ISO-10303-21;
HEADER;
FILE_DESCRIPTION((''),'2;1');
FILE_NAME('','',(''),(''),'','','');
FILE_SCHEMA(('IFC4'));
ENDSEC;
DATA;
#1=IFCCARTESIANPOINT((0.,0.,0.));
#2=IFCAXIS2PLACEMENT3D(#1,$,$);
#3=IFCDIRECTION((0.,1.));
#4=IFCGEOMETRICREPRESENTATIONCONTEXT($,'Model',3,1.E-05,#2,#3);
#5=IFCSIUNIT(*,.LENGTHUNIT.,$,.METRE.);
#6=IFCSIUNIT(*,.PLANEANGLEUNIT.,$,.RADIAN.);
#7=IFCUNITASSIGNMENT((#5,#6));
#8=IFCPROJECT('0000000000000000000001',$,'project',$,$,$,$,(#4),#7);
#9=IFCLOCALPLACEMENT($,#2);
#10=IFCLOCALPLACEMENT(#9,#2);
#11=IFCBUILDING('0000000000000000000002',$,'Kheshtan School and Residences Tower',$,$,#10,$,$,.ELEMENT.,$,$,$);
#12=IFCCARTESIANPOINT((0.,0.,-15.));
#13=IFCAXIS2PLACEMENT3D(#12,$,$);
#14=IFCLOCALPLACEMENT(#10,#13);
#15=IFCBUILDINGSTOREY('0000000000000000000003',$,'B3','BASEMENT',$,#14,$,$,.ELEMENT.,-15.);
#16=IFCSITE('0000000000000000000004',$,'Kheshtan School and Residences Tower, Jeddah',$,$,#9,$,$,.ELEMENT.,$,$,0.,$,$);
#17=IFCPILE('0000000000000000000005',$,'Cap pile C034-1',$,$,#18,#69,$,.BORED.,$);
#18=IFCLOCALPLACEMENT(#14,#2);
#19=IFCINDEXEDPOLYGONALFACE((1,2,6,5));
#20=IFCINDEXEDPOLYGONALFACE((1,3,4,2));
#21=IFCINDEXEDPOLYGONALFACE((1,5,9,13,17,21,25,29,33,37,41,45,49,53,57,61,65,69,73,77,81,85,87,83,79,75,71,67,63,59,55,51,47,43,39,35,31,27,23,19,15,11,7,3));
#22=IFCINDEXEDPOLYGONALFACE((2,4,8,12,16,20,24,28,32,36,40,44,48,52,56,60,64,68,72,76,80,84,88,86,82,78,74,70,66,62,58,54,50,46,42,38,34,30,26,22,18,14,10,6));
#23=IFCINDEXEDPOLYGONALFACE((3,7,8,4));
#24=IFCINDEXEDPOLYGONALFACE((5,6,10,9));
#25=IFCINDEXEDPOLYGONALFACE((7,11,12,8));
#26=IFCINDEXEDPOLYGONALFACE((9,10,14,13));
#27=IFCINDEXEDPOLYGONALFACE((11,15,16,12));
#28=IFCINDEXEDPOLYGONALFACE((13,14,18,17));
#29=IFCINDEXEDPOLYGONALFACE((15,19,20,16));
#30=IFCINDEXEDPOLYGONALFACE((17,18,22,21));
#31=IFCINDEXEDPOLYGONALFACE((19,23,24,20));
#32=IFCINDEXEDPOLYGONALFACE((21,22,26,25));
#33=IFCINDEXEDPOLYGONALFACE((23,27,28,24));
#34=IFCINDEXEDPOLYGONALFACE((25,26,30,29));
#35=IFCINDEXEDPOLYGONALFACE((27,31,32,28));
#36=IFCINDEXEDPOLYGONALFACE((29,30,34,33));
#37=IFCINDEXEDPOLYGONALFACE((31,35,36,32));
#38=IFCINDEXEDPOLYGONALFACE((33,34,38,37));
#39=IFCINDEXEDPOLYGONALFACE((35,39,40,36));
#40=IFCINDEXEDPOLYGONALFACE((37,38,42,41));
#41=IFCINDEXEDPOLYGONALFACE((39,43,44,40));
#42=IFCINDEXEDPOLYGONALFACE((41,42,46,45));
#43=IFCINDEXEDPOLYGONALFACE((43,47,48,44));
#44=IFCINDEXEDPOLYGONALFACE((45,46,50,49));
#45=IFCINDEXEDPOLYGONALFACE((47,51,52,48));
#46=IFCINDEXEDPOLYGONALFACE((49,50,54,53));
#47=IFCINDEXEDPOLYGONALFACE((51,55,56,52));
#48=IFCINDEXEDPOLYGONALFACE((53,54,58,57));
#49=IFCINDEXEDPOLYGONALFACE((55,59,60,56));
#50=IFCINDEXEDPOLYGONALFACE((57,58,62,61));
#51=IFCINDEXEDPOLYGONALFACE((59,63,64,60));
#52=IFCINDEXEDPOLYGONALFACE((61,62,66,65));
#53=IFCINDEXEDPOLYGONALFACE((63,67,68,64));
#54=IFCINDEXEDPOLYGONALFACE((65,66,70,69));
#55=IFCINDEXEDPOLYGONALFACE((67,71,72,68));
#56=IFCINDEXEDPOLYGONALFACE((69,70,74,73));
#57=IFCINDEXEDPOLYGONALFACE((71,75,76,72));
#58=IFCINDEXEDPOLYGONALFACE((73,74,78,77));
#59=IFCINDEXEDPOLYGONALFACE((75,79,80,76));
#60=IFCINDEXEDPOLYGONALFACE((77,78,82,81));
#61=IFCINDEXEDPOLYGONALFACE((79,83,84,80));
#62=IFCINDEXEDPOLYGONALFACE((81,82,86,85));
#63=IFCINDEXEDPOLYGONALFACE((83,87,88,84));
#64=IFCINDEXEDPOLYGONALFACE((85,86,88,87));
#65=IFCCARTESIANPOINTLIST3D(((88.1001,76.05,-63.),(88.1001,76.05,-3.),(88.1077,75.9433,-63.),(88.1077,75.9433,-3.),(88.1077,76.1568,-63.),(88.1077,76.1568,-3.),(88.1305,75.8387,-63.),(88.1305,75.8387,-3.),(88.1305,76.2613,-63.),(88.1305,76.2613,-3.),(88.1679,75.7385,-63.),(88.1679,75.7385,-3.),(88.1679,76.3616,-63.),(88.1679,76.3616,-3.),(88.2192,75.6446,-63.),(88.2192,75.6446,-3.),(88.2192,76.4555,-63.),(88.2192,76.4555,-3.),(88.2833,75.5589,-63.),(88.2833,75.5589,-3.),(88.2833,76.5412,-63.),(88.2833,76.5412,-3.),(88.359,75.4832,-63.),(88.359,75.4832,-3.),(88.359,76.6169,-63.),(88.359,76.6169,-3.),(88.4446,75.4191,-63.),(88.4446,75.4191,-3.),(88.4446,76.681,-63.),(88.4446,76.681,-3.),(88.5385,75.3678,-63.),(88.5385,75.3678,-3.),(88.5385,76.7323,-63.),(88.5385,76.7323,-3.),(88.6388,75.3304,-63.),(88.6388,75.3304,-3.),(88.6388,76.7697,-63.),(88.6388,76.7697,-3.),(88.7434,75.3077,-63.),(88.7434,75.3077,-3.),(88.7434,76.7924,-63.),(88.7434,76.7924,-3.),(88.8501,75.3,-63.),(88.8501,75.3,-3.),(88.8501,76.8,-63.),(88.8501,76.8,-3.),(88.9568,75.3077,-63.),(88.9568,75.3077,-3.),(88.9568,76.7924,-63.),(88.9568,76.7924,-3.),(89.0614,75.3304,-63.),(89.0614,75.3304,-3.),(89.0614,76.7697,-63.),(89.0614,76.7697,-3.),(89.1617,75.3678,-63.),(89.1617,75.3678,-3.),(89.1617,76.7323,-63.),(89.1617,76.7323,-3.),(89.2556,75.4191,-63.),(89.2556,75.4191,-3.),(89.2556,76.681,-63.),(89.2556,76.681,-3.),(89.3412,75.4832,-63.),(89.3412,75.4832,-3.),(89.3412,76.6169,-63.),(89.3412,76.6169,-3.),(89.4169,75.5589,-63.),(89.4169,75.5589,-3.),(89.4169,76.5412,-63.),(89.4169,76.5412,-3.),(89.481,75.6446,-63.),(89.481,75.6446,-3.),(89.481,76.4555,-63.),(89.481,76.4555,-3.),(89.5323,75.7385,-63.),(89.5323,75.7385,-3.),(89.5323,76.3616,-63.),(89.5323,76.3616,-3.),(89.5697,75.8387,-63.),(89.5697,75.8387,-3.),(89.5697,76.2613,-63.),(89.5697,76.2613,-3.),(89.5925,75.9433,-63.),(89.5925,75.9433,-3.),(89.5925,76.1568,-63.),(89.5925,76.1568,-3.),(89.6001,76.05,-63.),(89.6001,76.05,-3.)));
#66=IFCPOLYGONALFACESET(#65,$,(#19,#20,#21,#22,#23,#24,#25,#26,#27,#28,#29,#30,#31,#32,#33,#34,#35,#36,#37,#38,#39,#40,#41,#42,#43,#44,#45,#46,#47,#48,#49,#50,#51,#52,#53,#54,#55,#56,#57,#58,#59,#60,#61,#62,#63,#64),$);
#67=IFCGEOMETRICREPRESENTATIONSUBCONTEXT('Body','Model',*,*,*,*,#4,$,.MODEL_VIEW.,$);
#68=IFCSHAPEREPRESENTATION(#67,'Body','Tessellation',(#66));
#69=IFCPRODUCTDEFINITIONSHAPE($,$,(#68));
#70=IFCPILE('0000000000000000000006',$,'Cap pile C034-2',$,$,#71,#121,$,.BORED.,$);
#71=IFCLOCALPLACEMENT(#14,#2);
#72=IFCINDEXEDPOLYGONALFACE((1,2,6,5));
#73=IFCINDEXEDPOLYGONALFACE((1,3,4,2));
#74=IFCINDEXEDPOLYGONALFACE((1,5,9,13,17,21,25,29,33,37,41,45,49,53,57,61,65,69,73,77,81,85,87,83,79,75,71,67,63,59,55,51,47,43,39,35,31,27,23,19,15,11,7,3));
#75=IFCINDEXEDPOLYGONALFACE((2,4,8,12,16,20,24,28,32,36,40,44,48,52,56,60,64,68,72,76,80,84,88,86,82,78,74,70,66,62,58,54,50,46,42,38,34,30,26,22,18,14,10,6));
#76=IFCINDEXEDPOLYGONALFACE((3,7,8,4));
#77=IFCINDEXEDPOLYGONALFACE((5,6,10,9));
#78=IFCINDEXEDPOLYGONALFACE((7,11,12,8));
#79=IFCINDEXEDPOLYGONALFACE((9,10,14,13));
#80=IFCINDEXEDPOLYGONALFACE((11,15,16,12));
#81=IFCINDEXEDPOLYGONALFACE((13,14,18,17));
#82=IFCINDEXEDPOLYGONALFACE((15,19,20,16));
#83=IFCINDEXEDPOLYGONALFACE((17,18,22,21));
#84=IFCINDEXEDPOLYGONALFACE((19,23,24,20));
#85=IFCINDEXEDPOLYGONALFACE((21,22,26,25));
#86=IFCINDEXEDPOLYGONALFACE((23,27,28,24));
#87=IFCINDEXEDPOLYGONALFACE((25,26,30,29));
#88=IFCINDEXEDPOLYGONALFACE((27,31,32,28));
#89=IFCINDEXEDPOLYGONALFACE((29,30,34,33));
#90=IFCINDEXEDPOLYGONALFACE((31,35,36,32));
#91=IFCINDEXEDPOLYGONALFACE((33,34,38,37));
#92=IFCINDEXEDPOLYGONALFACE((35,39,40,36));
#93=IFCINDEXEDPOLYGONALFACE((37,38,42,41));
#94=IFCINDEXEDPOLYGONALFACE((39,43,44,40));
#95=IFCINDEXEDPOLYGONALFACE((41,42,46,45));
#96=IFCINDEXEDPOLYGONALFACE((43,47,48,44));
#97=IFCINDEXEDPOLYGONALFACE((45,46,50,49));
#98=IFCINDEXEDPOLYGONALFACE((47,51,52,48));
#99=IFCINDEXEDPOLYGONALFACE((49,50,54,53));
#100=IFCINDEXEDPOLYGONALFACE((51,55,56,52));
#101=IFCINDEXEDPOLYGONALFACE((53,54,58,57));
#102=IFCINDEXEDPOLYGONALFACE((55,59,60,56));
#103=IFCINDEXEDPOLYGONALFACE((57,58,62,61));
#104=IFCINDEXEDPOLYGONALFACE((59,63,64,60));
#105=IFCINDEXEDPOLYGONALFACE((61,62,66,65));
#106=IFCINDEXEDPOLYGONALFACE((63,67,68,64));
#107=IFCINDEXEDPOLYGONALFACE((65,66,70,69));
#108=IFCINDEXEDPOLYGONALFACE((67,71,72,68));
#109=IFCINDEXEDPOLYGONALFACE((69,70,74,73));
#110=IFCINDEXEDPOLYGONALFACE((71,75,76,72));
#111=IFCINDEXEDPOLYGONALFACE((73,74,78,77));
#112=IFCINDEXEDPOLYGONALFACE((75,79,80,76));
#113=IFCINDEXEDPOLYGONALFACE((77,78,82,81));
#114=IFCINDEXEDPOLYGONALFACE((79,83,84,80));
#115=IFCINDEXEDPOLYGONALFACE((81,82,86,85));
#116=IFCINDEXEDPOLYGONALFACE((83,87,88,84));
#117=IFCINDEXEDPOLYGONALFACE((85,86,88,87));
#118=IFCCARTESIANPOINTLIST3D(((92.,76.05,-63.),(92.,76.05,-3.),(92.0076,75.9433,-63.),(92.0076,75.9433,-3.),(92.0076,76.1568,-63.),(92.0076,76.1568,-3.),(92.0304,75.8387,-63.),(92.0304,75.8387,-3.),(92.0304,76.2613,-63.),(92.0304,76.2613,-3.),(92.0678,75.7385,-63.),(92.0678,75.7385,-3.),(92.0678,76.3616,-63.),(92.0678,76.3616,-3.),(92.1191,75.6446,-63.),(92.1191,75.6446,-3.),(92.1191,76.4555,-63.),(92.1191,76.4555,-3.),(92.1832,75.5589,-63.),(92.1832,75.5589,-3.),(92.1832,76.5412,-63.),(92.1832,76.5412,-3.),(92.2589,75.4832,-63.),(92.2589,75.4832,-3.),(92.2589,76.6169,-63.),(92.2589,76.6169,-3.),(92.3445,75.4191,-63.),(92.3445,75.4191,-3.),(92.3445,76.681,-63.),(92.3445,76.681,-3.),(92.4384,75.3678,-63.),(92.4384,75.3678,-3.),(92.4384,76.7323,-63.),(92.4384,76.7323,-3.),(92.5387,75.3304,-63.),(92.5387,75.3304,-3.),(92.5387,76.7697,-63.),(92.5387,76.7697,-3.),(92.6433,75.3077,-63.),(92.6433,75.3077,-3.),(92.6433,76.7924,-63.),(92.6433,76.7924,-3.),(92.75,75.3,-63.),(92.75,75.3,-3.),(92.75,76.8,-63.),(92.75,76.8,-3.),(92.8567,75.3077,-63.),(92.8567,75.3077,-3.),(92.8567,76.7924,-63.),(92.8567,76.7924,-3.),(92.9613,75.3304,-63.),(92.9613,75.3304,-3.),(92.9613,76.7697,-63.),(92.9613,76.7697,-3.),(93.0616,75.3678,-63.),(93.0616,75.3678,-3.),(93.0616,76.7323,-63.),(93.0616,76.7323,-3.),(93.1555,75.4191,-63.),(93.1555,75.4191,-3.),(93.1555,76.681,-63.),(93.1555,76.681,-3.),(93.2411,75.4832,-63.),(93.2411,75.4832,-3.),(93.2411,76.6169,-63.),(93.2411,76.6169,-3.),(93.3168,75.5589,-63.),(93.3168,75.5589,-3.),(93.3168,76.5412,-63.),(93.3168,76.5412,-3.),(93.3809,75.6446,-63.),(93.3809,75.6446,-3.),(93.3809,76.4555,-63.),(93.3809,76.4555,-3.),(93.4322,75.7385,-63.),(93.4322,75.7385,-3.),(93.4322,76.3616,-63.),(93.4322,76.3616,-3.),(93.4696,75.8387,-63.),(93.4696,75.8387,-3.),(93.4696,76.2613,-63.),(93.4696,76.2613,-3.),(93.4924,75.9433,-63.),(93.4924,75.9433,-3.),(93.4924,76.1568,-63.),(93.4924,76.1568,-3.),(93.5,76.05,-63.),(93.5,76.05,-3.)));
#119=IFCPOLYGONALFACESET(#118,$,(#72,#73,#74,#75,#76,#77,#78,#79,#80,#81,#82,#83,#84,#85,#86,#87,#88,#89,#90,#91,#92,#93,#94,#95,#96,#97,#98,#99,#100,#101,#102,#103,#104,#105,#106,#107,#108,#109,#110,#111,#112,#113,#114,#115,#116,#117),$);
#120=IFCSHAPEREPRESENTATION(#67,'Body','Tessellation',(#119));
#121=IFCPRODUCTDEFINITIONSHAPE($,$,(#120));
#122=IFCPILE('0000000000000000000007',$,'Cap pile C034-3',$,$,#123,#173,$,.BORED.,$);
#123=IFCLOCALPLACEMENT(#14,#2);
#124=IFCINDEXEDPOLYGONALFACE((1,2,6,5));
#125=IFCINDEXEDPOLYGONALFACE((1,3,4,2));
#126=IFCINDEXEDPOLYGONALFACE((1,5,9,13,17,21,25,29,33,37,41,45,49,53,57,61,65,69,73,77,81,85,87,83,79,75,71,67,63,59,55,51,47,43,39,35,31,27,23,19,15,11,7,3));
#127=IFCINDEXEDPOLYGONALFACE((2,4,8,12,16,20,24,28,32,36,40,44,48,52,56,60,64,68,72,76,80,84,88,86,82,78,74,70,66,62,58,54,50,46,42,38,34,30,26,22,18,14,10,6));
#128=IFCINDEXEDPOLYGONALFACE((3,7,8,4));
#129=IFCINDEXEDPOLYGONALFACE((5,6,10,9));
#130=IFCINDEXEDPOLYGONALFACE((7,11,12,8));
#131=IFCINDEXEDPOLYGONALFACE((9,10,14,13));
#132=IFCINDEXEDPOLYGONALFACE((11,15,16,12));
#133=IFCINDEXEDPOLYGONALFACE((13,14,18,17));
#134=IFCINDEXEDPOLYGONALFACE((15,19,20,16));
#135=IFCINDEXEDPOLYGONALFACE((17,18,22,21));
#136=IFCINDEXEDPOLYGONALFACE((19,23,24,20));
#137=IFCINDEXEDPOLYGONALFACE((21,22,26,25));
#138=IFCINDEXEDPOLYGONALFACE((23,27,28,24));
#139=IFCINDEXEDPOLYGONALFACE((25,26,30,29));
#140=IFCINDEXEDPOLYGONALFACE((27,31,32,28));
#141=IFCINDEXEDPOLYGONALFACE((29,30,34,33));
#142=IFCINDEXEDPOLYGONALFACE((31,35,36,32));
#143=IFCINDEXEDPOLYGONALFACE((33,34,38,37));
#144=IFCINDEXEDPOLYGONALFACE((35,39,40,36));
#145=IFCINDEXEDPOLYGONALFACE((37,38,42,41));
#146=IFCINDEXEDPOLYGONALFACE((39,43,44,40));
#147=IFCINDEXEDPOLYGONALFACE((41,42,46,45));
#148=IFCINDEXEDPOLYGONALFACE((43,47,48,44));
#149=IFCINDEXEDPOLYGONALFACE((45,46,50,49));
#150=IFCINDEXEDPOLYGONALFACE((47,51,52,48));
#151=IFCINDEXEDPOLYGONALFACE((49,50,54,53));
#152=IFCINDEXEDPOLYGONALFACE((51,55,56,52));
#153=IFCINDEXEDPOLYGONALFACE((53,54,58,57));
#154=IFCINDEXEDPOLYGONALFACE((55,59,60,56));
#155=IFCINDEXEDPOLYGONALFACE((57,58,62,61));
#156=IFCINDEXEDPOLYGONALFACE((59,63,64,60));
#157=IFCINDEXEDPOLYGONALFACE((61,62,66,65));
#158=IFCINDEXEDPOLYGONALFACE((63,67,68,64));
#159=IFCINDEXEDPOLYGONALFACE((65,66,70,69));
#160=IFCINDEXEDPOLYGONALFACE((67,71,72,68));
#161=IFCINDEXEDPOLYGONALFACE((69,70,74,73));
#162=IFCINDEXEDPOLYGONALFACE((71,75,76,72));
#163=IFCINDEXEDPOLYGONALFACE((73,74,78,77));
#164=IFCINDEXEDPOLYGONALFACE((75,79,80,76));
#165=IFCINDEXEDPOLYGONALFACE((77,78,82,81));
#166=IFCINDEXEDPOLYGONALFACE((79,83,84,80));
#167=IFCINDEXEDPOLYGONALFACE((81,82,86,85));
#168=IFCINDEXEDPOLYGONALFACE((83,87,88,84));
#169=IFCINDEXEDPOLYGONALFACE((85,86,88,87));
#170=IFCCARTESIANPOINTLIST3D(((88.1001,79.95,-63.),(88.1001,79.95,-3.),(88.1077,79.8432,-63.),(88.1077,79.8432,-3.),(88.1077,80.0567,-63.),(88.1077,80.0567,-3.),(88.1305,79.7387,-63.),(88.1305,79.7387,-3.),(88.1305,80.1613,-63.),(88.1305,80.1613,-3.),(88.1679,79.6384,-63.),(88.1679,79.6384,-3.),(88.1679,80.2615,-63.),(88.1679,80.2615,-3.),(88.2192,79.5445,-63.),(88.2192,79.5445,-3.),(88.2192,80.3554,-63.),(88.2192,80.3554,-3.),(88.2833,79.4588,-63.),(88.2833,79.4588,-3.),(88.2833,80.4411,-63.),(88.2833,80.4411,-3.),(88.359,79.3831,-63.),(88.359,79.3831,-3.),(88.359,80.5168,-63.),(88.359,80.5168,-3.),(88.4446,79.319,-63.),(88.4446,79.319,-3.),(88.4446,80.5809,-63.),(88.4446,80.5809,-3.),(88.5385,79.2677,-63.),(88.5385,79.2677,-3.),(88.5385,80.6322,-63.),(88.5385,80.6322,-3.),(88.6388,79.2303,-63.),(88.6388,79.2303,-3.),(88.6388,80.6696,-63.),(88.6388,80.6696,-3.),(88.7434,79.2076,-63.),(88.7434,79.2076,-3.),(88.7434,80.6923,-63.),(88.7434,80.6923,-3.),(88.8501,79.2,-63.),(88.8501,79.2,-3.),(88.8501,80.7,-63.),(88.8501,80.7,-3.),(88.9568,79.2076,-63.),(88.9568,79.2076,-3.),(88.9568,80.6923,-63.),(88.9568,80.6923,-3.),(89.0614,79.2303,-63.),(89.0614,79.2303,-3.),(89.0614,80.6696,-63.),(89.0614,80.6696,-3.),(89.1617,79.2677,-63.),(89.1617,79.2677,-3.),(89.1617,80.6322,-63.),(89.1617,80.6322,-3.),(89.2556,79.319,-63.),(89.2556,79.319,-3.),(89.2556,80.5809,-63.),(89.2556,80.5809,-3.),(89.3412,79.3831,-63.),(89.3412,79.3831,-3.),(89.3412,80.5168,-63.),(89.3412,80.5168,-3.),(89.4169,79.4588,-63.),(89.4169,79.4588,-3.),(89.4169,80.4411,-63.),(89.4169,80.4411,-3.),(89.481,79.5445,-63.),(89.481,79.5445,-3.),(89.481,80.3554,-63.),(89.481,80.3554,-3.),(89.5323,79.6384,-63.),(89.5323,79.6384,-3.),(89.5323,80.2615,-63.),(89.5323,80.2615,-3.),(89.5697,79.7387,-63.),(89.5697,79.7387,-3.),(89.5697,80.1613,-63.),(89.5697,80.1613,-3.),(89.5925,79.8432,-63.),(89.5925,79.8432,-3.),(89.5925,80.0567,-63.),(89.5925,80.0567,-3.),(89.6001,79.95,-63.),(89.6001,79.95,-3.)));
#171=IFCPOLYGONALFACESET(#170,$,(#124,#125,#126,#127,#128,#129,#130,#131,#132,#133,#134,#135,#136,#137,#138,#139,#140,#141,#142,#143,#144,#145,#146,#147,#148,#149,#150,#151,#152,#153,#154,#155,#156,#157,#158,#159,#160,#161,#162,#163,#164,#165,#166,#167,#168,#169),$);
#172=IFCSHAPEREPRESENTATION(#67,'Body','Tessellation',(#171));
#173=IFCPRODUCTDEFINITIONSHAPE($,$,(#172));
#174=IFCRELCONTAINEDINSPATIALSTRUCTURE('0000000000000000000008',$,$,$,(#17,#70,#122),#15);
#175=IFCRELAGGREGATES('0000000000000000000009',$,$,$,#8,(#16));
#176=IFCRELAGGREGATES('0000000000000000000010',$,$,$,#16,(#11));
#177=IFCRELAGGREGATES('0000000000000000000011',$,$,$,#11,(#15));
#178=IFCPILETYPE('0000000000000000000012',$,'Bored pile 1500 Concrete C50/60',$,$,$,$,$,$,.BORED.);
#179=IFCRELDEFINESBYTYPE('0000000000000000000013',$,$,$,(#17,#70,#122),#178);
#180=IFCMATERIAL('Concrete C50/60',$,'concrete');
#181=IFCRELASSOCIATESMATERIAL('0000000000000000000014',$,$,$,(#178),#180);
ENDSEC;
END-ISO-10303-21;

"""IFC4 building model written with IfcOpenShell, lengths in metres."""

from ifc_helpers import new_model, si_unit, direction, frame, origin, origin_2d, place, context, subcontext, project, spatial, circle, extrude, material, material_profile, profile_set, type_object, element, save


model = new_model("IFC4")

# Units and contexts
model_context = context("Model", 3, precision=1e-05, world=origin(), true_north=direction((0.0, 1.0)))
body_context = subcontext(model_context, "Body", "Model", "MODEL_VIEW")
ifc_project = project(units=[si_unit("LENGTHUNIT", "METRE"), si_unit("PLANEANGLEUNIT", "RADIAN")], contexts=[model_context])

# Site, building, storey
site_placement = place(None, origin())
site = spatial("IfcSite", under=ifc_project, at=site_placement, Name="Kheshtan School and Residences Tower, Jeddah", CompositionType="ELEMENT", RefElevation=0.0)
building_placement = place(site_placement, origin())
building = spatial("IfcBuilding", under=site, at=building_placement, Name="Kheshtan School and Residences Tower", CompositionType="ELEMENT")
storey_placement = place(building_placement, frame((0.0, 0.0, -15.0)))
storey = spatial("IfcBuildingStorey", under=building, at=storey_placement, Name="B3", Description="BASEMENT", CompositionType="ELEMENT", Elevation=-15.0)

# Piles
ifc_material_1 = material(Name="Concrete C50/60", Category="concrete")
ifc_material_profile_1 = material_profile(ifc_material_1, circle(Radius=0.75, at=origin_2d()), Name="BP 1500")
ifc_profile_set_1 = profile_set([ifc_material_profile_1], Name="Concrete C50/60")
pile_type = type_object("IfcPileType", Name="Bored pile 1500 Concrete C50/60", PredefinedType="BORED", material=ifc_profile_set_1)
for number, where, z_axis, x_axis, name in (
    (1, (88.8501, 76.05, -3.0), (0.0, 0.0, -1.0), (1.0, 0.0, 0.0), "Cap pile C034-1"),
    (2, (92.75, 76.05, -3.0), (0.0, 0.0, -1.0), (1.0, 0.0, 0.0), "Cap pile C034-2"),
    (3, (88.8501, 79.95, -3.0), (0.0, 0.0, -1.0), (1.0, 0.0, 0.0), "Cap pile C034-3"),
):
    element("IfcPile", number, at=place(storey_placement, frame(where, z_axis=z_axis, x_axis=x_axis)), inside=storey, type_object=pile_type, Name=name, PredefinedType="BORED", context=body_context, shape_type="SweptSolid", body=[
        extrude(circle(Radius=0.75, at=origin_2d()), origin(), (0.0, 0.0, 1.0), 60.0),
    ])

save(model, "model.ifc")
